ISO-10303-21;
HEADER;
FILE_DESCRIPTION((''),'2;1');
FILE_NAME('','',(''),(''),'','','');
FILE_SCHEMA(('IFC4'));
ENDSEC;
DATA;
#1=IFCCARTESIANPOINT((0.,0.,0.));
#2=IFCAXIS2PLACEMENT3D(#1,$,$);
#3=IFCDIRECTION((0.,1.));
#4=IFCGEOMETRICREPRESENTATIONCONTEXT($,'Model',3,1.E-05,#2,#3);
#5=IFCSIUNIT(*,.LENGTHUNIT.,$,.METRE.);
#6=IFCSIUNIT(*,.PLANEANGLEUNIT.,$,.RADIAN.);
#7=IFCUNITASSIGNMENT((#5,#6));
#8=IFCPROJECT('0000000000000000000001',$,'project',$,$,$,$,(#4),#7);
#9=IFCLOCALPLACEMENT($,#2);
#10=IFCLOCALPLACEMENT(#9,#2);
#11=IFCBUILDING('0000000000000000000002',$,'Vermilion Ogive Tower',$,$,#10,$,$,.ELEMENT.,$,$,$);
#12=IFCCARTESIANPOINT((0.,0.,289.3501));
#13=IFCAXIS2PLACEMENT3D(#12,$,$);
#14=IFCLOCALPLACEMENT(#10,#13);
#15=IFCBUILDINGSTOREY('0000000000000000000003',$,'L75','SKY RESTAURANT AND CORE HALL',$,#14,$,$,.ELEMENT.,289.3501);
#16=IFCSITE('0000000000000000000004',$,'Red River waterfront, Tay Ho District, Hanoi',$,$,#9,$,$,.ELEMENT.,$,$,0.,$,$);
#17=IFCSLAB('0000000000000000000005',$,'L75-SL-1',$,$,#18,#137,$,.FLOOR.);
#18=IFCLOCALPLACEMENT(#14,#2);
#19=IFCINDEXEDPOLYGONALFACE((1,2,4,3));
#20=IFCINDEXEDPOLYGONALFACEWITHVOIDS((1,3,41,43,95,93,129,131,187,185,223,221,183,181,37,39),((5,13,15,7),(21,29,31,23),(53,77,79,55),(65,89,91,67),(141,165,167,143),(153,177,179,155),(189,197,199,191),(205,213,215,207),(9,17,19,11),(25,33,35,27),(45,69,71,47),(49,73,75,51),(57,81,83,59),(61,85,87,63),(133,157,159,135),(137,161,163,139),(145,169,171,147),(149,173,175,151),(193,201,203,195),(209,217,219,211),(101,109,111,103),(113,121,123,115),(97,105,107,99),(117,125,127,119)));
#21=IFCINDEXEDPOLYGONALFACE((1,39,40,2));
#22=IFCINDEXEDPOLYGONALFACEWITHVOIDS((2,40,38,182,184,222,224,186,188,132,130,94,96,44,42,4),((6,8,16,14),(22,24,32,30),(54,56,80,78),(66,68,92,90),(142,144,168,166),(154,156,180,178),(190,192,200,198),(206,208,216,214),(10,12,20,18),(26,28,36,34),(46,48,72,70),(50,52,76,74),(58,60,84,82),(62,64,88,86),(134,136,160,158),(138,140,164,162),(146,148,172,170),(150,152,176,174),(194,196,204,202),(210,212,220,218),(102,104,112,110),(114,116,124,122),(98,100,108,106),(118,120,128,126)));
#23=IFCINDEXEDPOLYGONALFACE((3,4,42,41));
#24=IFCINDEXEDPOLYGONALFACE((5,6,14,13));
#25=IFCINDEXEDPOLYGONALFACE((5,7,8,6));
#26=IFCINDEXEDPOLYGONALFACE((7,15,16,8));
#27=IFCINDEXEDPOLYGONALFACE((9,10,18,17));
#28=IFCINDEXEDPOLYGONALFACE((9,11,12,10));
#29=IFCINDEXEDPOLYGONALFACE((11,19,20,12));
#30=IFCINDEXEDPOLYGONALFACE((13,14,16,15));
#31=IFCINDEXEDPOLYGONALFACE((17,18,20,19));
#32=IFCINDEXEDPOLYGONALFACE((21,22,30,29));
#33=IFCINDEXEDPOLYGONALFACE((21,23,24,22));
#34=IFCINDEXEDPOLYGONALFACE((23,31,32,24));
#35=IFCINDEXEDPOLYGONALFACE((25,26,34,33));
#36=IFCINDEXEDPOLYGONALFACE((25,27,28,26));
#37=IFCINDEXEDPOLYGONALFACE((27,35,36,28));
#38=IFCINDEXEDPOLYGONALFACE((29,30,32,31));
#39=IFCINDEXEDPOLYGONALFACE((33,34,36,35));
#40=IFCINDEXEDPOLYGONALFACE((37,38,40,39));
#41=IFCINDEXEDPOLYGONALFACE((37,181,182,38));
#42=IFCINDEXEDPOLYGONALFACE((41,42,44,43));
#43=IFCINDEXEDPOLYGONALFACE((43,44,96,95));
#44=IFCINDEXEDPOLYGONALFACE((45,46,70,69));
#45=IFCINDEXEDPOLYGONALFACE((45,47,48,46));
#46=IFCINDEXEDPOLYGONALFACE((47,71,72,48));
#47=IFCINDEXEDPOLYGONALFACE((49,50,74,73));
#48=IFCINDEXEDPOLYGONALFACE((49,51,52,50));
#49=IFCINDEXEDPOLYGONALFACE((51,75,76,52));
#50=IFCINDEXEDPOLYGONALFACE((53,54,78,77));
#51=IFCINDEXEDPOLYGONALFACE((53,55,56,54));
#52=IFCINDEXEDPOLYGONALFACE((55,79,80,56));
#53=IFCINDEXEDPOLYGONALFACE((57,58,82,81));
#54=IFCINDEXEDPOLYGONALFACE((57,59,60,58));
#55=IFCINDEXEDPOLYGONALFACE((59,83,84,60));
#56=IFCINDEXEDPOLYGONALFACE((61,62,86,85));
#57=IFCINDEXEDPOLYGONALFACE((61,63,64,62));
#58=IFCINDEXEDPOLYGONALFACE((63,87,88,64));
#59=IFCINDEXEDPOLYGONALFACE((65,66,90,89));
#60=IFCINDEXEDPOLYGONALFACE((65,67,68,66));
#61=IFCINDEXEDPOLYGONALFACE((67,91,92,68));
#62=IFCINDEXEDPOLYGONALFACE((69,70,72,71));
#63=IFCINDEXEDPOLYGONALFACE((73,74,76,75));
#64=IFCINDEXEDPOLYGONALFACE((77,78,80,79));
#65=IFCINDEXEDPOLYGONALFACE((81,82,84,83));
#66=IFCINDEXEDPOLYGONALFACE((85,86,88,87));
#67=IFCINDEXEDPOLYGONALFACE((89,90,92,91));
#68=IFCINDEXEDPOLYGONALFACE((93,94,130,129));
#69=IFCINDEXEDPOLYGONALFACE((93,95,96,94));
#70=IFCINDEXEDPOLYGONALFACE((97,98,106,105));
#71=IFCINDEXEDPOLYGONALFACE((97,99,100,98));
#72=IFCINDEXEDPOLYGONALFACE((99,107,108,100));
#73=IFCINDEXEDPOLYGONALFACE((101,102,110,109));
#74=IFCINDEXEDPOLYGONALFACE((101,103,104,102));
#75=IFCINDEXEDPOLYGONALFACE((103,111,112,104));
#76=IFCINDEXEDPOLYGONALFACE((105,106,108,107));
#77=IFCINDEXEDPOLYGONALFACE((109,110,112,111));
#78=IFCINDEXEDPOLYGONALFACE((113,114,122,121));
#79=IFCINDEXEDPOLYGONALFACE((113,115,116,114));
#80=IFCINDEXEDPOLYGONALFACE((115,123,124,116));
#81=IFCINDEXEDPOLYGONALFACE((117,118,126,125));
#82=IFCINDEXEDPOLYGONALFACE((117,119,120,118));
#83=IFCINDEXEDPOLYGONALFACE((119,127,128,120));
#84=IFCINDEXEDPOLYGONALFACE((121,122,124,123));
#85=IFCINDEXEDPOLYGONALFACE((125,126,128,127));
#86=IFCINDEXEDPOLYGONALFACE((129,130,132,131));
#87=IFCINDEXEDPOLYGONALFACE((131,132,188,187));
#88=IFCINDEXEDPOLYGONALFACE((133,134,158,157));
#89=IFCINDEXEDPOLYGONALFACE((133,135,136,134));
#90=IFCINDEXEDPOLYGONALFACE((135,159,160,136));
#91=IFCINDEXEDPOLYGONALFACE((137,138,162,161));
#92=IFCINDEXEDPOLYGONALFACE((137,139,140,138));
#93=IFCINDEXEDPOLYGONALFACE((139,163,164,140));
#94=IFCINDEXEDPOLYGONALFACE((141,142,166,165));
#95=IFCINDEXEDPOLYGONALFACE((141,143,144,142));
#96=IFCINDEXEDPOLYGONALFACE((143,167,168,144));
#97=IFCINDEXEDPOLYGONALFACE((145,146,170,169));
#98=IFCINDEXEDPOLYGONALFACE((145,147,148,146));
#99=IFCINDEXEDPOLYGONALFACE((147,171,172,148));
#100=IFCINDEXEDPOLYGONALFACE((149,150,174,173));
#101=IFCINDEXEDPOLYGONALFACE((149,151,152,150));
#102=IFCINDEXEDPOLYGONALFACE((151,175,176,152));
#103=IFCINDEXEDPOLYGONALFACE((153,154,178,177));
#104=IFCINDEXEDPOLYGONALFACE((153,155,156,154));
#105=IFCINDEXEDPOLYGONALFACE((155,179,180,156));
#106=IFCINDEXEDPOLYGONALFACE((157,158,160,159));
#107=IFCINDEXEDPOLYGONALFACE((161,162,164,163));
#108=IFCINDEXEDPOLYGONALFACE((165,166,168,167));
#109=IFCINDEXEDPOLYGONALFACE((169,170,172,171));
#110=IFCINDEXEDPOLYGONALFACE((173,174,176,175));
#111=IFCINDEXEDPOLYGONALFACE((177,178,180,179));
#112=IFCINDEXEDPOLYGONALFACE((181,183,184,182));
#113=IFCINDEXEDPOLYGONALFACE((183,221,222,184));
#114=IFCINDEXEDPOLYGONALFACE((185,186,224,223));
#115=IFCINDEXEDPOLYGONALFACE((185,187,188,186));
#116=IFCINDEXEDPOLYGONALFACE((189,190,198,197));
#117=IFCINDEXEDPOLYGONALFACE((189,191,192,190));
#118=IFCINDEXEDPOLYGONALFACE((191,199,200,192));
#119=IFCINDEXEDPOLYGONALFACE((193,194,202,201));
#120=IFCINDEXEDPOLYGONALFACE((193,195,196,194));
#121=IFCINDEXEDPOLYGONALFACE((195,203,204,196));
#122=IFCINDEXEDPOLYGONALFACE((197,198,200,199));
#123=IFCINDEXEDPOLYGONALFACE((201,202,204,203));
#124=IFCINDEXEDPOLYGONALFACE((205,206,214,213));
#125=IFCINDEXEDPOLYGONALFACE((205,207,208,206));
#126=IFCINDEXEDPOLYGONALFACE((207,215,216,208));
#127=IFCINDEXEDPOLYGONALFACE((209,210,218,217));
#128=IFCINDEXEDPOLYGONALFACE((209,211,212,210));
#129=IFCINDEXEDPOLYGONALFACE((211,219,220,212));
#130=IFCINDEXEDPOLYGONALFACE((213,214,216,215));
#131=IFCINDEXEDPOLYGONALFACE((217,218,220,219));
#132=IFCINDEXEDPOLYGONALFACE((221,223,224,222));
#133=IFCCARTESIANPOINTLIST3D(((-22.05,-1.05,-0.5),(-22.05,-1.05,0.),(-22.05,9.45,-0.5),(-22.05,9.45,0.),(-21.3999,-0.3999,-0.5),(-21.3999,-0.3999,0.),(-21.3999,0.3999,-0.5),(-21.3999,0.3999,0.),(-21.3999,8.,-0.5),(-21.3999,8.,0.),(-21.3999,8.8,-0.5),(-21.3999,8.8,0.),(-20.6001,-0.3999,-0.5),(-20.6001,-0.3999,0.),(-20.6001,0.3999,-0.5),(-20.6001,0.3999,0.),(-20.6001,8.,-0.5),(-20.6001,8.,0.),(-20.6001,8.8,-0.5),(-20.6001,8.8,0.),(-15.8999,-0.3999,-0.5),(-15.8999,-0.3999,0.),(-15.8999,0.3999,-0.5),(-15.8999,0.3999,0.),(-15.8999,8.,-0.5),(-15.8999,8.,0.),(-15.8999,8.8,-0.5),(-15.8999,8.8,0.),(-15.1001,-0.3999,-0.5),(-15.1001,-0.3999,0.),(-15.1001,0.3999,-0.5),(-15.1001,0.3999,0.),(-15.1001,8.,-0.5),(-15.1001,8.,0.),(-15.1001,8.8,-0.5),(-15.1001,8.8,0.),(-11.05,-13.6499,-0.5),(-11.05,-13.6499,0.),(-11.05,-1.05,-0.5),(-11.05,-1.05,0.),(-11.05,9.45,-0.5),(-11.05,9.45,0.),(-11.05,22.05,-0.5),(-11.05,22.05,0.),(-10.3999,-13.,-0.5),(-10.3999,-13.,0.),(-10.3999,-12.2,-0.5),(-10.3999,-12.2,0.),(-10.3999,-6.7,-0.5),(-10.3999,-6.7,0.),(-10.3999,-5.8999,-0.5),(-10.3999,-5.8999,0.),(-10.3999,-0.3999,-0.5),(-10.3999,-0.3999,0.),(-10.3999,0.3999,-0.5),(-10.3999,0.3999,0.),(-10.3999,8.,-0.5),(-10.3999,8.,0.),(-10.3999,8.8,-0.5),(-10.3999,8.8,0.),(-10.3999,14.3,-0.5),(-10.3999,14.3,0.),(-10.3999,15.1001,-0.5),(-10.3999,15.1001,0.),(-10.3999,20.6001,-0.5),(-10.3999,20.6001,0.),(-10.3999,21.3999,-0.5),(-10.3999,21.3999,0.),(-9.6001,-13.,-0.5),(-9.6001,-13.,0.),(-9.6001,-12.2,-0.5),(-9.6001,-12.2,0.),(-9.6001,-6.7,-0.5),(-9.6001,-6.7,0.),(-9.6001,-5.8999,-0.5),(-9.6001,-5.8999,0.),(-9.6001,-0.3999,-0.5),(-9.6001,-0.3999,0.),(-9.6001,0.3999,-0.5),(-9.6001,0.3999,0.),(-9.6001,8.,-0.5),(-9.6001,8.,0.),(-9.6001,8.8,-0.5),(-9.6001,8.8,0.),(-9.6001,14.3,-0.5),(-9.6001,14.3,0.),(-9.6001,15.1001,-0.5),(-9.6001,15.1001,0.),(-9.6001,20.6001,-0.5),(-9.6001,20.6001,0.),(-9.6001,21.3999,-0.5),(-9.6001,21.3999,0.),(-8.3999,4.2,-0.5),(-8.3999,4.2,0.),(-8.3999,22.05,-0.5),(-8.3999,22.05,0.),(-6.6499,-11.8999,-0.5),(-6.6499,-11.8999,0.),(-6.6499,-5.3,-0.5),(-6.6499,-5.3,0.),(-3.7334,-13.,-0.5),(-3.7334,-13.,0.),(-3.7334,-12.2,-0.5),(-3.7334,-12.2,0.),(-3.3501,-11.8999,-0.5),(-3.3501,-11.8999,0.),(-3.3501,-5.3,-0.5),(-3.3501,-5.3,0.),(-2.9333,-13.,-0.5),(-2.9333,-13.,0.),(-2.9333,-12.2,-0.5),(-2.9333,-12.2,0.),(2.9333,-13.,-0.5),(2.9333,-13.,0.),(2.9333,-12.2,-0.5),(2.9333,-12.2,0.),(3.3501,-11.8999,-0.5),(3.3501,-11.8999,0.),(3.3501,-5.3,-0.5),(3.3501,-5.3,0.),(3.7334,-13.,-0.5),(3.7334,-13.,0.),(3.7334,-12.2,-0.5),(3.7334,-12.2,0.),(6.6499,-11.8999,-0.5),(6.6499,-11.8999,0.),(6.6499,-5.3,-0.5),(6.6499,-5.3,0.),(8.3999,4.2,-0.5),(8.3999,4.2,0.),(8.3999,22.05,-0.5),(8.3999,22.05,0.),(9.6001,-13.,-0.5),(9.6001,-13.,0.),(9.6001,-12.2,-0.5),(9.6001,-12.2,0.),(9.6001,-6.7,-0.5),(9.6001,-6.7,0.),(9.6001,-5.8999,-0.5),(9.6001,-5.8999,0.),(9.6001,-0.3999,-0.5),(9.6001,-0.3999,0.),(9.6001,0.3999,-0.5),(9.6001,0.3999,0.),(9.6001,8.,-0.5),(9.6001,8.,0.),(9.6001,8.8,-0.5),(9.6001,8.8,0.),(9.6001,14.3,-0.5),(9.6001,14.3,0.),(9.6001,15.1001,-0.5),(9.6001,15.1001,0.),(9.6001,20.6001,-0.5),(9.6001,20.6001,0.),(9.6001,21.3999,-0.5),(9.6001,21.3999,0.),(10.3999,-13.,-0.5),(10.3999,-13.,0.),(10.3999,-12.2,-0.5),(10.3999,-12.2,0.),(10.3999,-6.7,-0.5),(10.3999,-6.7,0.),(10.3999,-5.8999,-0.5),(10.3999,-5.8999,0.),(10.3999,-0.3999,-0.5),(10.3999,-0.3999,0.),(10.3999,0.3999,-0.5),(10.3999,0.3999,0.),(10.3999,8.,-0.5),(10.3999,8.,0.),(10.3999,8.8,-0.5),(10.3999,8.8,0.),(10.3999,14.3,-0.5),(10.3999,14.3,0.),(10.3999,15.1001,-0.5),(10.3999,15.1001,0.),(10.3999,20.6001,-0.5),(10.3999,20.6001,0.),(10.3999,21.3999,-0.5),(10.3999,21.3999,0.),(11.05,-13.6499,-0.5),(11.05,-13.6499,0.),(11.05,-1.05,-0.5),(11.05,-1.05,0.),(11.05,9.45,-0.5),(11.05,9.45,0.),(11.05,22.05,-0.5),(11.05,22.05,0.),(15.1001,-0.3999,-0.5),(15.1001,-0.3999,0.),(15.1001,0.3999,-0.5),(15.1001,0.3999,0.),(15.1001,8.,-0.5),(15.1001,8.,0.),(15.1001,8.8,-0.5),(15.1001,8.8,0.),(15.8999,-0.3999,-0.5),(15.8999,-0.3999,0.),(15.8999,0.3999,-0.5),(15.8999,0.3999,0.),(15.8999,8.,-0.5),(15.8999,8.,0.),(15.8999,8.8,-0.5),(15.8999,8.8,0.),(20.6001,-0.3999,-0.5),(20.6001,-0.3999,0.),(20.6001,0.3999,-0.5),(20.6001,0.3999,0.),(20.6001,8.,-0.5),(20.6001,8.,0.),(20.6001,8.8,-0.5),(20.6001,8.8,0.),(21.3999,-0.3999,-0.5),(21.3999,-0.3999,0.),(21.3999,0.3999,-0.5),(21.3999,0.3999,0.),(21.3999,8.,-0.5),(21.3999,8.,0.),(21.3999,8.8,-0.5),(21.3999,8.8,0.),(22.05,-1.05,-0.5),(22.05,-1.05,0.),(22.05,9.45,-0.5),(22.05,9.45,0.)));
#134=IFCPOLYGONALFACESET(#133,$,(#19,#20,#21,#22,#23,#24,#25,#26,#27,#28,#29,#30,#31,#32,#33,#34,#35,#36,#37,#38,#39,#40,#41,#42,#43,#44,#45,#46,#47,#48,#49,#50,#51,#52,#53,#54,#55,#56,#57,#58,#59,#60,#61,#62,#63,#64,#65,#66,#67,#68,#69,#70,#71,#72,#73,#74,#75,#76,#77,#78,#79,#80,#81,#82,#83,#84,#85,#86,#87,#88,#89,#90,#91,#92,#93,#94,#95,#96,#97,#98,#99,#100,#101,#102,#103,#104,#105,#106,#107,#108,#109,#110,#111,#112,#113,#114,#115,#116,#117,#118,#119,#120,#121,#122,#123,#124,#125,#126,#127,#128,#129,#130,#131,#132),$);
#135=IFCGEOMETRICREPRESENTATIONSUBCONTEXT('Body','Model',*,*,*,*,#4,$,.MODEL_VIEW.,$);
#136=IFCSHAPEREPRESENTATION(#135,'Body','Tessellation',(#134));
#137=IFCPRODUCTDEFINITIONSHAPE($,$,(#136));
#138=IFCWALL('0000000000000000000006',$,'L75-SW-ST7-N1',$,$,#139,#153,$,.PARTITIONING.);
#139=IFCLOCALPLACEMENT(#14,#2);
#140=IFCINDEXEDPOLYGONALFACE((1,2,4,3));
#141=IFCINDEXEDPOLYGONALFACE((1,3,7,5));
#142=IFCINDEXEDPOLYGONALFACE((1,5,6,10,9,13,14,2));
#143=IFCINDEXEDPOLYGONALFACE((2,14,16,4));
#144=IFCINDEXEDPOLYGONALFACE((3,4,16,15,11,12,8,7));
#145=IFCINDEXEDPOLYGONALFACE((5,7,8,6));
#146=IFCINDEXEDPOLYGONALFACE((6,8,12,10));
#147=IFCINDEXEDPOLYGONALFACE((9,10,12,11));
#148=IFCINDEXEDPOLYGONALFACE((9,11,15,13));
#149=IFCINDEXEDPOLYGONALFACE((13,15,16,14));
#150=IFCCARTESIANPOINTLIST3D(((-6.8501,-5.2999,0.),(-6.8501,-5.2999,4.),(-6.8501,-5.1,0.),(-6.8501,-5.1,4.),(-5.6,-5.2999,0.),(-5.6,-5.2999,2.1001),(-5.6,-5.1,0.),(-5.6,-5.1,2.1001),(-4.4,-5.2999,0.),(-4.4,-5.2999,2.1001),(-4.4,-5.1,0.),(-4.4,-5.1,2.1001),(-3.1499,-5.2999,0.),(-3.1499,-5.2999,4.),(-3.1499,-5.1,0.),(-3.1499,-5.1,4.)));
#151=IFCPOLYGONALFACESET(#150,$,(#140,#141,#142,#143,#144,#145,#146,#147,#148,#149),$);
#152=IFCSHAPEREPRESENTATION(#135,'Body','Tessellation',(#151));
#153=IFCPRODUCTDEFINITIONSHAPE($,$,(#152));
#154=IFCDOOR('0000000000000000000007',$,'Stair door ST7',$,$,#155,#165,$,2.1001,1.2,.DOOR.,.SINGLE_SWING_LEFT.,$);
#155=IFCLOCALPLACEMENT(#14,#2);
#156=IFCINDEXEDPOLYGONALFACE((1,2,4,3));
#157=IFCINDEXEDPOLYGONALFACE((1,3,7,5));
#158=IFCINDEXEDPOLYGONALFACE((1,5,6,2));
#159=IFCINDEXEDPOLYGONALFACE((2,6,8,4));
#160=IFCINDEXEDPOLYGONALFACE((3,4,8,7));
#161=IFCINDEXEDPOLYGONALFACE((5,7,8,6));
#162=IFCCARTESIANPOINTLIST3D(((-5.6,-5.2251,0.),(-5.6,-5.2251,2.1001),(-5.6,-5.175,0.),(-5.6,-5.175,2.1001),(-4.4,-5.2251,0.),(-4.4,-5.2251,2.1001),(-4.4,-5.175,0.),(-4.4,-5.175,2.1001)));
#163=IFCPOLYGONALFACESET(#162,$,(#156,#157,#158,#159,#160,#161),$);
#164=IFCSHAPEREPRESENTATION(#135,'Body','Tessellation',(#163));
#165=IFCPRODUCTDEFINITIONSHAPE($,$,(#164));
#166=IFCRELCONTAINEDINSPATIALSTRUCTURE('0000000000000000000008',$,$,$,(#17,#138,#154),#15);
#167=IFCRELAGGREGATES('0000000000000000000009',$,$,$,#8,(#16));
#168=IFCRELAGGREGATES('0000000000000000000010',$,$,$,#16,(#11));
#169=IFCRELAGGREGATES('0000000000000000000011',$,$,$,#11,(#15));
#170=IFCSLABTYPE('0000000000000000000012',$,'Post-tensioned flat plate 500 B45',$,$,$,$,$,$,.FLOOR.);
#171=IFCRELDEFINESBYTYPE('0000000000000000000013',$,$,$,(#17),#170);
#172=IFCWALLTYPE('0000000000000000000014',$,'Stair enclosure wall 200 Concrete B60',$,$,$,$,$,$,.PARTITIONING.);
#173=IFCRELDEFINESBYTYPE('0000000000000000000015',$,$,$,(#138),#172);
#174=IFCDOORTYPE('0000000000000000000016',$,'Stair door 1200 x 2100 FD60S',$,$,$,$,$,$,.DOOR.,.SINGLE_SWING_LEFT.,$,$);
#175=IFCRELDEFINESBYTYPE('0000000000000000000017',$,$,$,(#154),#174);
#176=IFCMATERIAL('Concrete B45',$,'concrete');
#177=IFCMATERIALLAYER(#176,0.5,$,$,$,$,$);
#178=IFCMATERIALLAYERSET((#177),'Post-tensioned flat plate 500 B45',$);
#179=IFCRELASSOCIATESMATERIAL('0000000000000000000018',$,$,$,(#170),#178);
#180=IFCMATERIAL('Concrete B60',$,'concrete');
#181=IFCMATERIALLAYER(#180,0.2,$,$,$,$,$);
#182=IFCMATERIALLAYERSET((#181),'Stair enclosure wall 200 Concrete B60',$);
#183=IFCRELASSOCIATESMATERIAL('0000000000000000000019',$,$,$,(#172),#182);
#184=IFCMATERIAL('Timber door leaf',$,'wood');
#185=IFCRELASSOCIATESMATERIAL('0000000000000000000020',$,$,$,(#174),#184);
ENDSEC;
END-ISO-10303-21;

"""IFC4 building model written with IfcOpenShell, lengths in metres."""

from ifc_helpers import new_model, si_unit, direction, frame, frame_2d, origin, place, context, subcontext, project, spatial, polyline, rectangle, outline, extrude, material, layer, layer_set, type_object, element, fill, save


model = new_model("IFC4")

# Units and contexts
model_context = context("Model", 3, precision=1e-05, world=origin(), true_north=direction((0.0, 1.0)))
body_context = subcontext(model_context, "Body", "Model", "MODEL_VIEW")
ifc_project = project(units=[si_unit("LENGTHUNIT", "METRE"), si_unit("PLANEANGLEUNIT", "RADIAN")], contexts=[model_context])

# Site, building, storey
site_placement = place(None, origin())
site = spatial("IfcSite", under=ifc_project, at=site_placement, Name="Red River waterfront, Tay Ho District, Hanoi", CompositionType="ELEMENT", RefElevation=0.0)
building_placement = place(site_placement, origin())
building = spatial("IfcBuilding", under=site, at=building_placement, Name="Vermilion Ogive Tower", CompositionType="ELEMENT")
storey_placement = place(building_placement, frame((0.0, 0.0, 289.3501)))
storey = spatial("IfcBuildingStorey", under=building, at=storey_placement, Name="L75", Description="SKY RESTAURANT AND CORE HALL", CompositionType="ELEMENT", Elevation=289.3501)

# Slab
ifc_material_1 = material(Name="Concrete B45", Category="concrete")
ifc_layer_1 = layer(ifc_material_1, 0.5)
ifc_layer_set_1 = layer_set([ifc_layer_1], Name="Post-tensioned flat plate 500 B45")
slab_type = type_object("IfcSlabType", Name="Post-tensioned flat plate 500 B45", PredefinedType="FLOOR", material=ifc_layer_set_1)
slab_placement = place(storey_placement, frame((0.0, 0.0, -0.5)))
element("IfcSlab", 1, at=slab_placement, inside=storey, type_object=slab_type, Name="L75-SL-1", PredefinedType="FLOOR", context=body_context, shape_type="SweptSolid", body=[
    extrude(outline(polyline([(-11.05, -1.05), (-22.05, -1.05), (-22.05, 9.45), (-11.05, 9.45), (-11.05, 22.05), (-8.3999, 22.05), (-8.3999, 4.2), (8.3999, 4.2), (8.3999, 22.05), (11.05, 22.05), (11.05, 9.45), (22.05, 9.45), (22.05, -1.05), (11.05, -1.05), (11.05, -13.6499), (-11.05, -13.6499), (-11.05, -1.05)]), holes=[polyline([(21.3999, 8.0), (21.3999, 8.8), (20.6001, 8.8), (20.6001, 8.0), (21.3999, 8.0)]), polyline([(21.3999, -0.3999), (21.3999, 0.3999), (20.6001, 0.3999), (20.6001, -0.3999), (21.3999, -0.3999)]), polyline([(15.8999, 8.0), (15.8999, 8.8), (15.1001, 8.8), (15.1001, 8.0), (15.8999, 8.0)]), polyline([(15.8999, -0.3999), (15.8999, 0.3999), (15.1001, 0.3999), (15.1001, -0.3999), (15.8999, -0.3999)]), polyline([(10.3999, 20.6001), (10.3999, 21.3999), (9.6001, 21.3999), (9.6001, 20.6001), (10.3999, 20.6001)]), polyline([(10.3999, 14.3), (10.3999, 15.1001), (9.6001, 15.1001), (9.6001, 14.3), (10.3999, 14.3)]), polyline([(10.3999, 8.0), (10.3999, 8.8), (9.6001, 8.8), (9.6001, 8.0), (10.3999, 8.0)]), polyline([(10.3999, -0.3999), (10.3999, 0.3999), (9.6001, 0.3999), (9.6001, -0.3999), (10.3999, -0.3999)]), polyline([(10.3999, -6.7), (10.3999, -5.8999), (9.6001, -5.8999), (9.6001, -6.7), (10.3999, -6.7)]), polyline([(10.3999, -13.0), (10.3999, -12.2), (9.6001, -12.2), (9.6001, -13.0), (10.3999, -13.0)]), polyline([(6.6499, -11.8999), (6.6499, -5.3), (3.3501, -5.3), (3.3501, -11.8999), (6.6499, -11.8999)]), polyline([(3.7334, -13.0), (3.7334, -12.2), (2.9333, -12.2), (2.9333, -13.0), (3.7334, -13.0)]), polyline([(-2.9333, -13.0), (-2.9333, -12.2), (-3.7334, -12.2), (-3.7334, -13.0), (-2.9333, -13.0)]), polyline([(-3.3501, -11.8999), (-3.3501, -5.3), (-6.6499, -5.3), (-6.6499, -11.8999), (-3.3501, -11.8999)]), polyline([(-9.6001, 20.6001), (-9.6001, 21.3999), (-10.3999, 21.3999), (-10.3999, 20.6001), (-9.6001, 20.6001)]), polyline([(-9.6001, 14.3), (-9.6001, 15.1001), (-10.3999, 15.1001), (-10.3999, 14.3), (-9.6001, 14.3)]), polyline([(-9.6001, 8.0), (-9.6001, 8.8), (-10.3999, 8.8), (-10.3999, 8.0), (-9.6001, 8.0)]), polyline([(-9.6001, -0.3999), (-9.6001, 0.3999), (-10.3999, 0.3999), (-10.3999, -0.3999), (-9.6001, -0.3999)]), polyline([(-9.6001, -6.7), (-9.6001, -5.8999), (-10.3999, -5.8999), (-10.3999, -6.7), (-9.6001, -6.7)]), polyline([(-9.6001, -12.2), (-10.3999, -12.2), (-10.3999, -13.0), (-9.6001, -13.0), (-9.6001, -12.2)]), polyline([(-15.1001, 8.0), (-15.1001, 8.8), (-15.8999, 8.8), (-15.8999, 8.0), (-15.1001, 8.0)]), polyline([(-15.1001, -0.3999), (-15.1001, 0.3999), (-15.8999, 0.3999), (-15.8999, -0.3999), (-15.1001, -0.3999)]), polyline([(-20.6001, -0.3999), (-20.6001, 0.3999), (-21.3999, 0.3999), (-21.3999, -0.3999), (-20.6001, -0.3999)]), polyline([(-20.6001, 8.8), (-21.3999, 8.8), (-21.3999, 8.0), (-20.6001, 8.0), (-20.6001, 8.8)])]), origin(), (0.0, 0.0, 1.0), 0.5),
])

# Wall, opening, door
ifc_material_2 = material(Name="Concrete B60", Category="concrete")
ifc_layer_2 = layer(ifc_material_2, 0.2)
ifc_layer_set_2 = layer_set([ifc_layer_2], Name="Stair enclosure wall 200 Concrete B60")
wall_type_1 = type_object("IfcWallType", Name="Stair enclosure wall 200 Concrete B60", PredefinedType="PARTITIONING", material=ifc_layer_set_2)
wall_1_placement = place(storey_placement, frame((-6.8501, -5.2, 0.0), z_axis=(0.0, 0.0, 1.0), x_axis=(1.0, 0.0, 0.0)))
wall_1 = element("IfcWall", 2, at=wall_1_placement, inside=storey, type_object=wall_type_1, Name="L75-SW-ST7-N1", PredefinedType="PARTITIONING", context=body_context, shape_type="SweptSolid", body=[
    extrude(rectangle(XDim=3.7002, YDim=0.2, at=frame_2d((1.8501, 0.0))), origin(), (0.0, 0.0, 1.0), 4.0),
])
opening_placement = place(wall_1_placement, frame((1.25, 0.0, 0.0)))
opening = element("IfcOpeningElement", 3, at=opening_placement, cuts=wall_1, PredefinedType="OPENING", context=body_context, shape_type="SweptSolid", body=[
    extrude(rectangle(XDim=1.2, YDim=2.1001, at=frame_2d((0.6001, 1.05))), frame((0.0, 0.1099, 0.0), z_axis=(0.0, -1.0, 0.0), x_axis=(1.0, 0.0, 0.0)), (0.0, 0.0, 1.0), 0.22),
])
ifc_material_3 = material(Name="Timber door leaf", Category="wood")
door_type = type_object("IfcDoorType", Name="Stair door 1200 x 2100 FD60S", OperationType="SINGLE_SWING_LEFT", PredefinedType="DOOR", material=ifc_material_3)
door_placement = place(opening_placement, origin())
door = element("IfcDoor", 4, at=door_placement, inside=storey, type_object=door_type, Name="Stair door ST7", OperationType="SINGLE_SWING_LEFT", OverallHeight=2.1001, OverallWidth=1.2, PredefinedType="DOOR", context=body_context, shape_type="SweptSolid", body=[
    extrude(rectangle(XDim=1.2, YDim=2.1001, at=frame_2d((0.6001, 1.05))), frame((0.0, 0.0249, 0.0), z_axis=(0.0, -1.0, 0.0), x_axis=(1.0, 0.0, 0.0)), (0.0, 0.0, 1.0), 0.05),
])
fill(opening, door)

save(model, "model.ifc")
